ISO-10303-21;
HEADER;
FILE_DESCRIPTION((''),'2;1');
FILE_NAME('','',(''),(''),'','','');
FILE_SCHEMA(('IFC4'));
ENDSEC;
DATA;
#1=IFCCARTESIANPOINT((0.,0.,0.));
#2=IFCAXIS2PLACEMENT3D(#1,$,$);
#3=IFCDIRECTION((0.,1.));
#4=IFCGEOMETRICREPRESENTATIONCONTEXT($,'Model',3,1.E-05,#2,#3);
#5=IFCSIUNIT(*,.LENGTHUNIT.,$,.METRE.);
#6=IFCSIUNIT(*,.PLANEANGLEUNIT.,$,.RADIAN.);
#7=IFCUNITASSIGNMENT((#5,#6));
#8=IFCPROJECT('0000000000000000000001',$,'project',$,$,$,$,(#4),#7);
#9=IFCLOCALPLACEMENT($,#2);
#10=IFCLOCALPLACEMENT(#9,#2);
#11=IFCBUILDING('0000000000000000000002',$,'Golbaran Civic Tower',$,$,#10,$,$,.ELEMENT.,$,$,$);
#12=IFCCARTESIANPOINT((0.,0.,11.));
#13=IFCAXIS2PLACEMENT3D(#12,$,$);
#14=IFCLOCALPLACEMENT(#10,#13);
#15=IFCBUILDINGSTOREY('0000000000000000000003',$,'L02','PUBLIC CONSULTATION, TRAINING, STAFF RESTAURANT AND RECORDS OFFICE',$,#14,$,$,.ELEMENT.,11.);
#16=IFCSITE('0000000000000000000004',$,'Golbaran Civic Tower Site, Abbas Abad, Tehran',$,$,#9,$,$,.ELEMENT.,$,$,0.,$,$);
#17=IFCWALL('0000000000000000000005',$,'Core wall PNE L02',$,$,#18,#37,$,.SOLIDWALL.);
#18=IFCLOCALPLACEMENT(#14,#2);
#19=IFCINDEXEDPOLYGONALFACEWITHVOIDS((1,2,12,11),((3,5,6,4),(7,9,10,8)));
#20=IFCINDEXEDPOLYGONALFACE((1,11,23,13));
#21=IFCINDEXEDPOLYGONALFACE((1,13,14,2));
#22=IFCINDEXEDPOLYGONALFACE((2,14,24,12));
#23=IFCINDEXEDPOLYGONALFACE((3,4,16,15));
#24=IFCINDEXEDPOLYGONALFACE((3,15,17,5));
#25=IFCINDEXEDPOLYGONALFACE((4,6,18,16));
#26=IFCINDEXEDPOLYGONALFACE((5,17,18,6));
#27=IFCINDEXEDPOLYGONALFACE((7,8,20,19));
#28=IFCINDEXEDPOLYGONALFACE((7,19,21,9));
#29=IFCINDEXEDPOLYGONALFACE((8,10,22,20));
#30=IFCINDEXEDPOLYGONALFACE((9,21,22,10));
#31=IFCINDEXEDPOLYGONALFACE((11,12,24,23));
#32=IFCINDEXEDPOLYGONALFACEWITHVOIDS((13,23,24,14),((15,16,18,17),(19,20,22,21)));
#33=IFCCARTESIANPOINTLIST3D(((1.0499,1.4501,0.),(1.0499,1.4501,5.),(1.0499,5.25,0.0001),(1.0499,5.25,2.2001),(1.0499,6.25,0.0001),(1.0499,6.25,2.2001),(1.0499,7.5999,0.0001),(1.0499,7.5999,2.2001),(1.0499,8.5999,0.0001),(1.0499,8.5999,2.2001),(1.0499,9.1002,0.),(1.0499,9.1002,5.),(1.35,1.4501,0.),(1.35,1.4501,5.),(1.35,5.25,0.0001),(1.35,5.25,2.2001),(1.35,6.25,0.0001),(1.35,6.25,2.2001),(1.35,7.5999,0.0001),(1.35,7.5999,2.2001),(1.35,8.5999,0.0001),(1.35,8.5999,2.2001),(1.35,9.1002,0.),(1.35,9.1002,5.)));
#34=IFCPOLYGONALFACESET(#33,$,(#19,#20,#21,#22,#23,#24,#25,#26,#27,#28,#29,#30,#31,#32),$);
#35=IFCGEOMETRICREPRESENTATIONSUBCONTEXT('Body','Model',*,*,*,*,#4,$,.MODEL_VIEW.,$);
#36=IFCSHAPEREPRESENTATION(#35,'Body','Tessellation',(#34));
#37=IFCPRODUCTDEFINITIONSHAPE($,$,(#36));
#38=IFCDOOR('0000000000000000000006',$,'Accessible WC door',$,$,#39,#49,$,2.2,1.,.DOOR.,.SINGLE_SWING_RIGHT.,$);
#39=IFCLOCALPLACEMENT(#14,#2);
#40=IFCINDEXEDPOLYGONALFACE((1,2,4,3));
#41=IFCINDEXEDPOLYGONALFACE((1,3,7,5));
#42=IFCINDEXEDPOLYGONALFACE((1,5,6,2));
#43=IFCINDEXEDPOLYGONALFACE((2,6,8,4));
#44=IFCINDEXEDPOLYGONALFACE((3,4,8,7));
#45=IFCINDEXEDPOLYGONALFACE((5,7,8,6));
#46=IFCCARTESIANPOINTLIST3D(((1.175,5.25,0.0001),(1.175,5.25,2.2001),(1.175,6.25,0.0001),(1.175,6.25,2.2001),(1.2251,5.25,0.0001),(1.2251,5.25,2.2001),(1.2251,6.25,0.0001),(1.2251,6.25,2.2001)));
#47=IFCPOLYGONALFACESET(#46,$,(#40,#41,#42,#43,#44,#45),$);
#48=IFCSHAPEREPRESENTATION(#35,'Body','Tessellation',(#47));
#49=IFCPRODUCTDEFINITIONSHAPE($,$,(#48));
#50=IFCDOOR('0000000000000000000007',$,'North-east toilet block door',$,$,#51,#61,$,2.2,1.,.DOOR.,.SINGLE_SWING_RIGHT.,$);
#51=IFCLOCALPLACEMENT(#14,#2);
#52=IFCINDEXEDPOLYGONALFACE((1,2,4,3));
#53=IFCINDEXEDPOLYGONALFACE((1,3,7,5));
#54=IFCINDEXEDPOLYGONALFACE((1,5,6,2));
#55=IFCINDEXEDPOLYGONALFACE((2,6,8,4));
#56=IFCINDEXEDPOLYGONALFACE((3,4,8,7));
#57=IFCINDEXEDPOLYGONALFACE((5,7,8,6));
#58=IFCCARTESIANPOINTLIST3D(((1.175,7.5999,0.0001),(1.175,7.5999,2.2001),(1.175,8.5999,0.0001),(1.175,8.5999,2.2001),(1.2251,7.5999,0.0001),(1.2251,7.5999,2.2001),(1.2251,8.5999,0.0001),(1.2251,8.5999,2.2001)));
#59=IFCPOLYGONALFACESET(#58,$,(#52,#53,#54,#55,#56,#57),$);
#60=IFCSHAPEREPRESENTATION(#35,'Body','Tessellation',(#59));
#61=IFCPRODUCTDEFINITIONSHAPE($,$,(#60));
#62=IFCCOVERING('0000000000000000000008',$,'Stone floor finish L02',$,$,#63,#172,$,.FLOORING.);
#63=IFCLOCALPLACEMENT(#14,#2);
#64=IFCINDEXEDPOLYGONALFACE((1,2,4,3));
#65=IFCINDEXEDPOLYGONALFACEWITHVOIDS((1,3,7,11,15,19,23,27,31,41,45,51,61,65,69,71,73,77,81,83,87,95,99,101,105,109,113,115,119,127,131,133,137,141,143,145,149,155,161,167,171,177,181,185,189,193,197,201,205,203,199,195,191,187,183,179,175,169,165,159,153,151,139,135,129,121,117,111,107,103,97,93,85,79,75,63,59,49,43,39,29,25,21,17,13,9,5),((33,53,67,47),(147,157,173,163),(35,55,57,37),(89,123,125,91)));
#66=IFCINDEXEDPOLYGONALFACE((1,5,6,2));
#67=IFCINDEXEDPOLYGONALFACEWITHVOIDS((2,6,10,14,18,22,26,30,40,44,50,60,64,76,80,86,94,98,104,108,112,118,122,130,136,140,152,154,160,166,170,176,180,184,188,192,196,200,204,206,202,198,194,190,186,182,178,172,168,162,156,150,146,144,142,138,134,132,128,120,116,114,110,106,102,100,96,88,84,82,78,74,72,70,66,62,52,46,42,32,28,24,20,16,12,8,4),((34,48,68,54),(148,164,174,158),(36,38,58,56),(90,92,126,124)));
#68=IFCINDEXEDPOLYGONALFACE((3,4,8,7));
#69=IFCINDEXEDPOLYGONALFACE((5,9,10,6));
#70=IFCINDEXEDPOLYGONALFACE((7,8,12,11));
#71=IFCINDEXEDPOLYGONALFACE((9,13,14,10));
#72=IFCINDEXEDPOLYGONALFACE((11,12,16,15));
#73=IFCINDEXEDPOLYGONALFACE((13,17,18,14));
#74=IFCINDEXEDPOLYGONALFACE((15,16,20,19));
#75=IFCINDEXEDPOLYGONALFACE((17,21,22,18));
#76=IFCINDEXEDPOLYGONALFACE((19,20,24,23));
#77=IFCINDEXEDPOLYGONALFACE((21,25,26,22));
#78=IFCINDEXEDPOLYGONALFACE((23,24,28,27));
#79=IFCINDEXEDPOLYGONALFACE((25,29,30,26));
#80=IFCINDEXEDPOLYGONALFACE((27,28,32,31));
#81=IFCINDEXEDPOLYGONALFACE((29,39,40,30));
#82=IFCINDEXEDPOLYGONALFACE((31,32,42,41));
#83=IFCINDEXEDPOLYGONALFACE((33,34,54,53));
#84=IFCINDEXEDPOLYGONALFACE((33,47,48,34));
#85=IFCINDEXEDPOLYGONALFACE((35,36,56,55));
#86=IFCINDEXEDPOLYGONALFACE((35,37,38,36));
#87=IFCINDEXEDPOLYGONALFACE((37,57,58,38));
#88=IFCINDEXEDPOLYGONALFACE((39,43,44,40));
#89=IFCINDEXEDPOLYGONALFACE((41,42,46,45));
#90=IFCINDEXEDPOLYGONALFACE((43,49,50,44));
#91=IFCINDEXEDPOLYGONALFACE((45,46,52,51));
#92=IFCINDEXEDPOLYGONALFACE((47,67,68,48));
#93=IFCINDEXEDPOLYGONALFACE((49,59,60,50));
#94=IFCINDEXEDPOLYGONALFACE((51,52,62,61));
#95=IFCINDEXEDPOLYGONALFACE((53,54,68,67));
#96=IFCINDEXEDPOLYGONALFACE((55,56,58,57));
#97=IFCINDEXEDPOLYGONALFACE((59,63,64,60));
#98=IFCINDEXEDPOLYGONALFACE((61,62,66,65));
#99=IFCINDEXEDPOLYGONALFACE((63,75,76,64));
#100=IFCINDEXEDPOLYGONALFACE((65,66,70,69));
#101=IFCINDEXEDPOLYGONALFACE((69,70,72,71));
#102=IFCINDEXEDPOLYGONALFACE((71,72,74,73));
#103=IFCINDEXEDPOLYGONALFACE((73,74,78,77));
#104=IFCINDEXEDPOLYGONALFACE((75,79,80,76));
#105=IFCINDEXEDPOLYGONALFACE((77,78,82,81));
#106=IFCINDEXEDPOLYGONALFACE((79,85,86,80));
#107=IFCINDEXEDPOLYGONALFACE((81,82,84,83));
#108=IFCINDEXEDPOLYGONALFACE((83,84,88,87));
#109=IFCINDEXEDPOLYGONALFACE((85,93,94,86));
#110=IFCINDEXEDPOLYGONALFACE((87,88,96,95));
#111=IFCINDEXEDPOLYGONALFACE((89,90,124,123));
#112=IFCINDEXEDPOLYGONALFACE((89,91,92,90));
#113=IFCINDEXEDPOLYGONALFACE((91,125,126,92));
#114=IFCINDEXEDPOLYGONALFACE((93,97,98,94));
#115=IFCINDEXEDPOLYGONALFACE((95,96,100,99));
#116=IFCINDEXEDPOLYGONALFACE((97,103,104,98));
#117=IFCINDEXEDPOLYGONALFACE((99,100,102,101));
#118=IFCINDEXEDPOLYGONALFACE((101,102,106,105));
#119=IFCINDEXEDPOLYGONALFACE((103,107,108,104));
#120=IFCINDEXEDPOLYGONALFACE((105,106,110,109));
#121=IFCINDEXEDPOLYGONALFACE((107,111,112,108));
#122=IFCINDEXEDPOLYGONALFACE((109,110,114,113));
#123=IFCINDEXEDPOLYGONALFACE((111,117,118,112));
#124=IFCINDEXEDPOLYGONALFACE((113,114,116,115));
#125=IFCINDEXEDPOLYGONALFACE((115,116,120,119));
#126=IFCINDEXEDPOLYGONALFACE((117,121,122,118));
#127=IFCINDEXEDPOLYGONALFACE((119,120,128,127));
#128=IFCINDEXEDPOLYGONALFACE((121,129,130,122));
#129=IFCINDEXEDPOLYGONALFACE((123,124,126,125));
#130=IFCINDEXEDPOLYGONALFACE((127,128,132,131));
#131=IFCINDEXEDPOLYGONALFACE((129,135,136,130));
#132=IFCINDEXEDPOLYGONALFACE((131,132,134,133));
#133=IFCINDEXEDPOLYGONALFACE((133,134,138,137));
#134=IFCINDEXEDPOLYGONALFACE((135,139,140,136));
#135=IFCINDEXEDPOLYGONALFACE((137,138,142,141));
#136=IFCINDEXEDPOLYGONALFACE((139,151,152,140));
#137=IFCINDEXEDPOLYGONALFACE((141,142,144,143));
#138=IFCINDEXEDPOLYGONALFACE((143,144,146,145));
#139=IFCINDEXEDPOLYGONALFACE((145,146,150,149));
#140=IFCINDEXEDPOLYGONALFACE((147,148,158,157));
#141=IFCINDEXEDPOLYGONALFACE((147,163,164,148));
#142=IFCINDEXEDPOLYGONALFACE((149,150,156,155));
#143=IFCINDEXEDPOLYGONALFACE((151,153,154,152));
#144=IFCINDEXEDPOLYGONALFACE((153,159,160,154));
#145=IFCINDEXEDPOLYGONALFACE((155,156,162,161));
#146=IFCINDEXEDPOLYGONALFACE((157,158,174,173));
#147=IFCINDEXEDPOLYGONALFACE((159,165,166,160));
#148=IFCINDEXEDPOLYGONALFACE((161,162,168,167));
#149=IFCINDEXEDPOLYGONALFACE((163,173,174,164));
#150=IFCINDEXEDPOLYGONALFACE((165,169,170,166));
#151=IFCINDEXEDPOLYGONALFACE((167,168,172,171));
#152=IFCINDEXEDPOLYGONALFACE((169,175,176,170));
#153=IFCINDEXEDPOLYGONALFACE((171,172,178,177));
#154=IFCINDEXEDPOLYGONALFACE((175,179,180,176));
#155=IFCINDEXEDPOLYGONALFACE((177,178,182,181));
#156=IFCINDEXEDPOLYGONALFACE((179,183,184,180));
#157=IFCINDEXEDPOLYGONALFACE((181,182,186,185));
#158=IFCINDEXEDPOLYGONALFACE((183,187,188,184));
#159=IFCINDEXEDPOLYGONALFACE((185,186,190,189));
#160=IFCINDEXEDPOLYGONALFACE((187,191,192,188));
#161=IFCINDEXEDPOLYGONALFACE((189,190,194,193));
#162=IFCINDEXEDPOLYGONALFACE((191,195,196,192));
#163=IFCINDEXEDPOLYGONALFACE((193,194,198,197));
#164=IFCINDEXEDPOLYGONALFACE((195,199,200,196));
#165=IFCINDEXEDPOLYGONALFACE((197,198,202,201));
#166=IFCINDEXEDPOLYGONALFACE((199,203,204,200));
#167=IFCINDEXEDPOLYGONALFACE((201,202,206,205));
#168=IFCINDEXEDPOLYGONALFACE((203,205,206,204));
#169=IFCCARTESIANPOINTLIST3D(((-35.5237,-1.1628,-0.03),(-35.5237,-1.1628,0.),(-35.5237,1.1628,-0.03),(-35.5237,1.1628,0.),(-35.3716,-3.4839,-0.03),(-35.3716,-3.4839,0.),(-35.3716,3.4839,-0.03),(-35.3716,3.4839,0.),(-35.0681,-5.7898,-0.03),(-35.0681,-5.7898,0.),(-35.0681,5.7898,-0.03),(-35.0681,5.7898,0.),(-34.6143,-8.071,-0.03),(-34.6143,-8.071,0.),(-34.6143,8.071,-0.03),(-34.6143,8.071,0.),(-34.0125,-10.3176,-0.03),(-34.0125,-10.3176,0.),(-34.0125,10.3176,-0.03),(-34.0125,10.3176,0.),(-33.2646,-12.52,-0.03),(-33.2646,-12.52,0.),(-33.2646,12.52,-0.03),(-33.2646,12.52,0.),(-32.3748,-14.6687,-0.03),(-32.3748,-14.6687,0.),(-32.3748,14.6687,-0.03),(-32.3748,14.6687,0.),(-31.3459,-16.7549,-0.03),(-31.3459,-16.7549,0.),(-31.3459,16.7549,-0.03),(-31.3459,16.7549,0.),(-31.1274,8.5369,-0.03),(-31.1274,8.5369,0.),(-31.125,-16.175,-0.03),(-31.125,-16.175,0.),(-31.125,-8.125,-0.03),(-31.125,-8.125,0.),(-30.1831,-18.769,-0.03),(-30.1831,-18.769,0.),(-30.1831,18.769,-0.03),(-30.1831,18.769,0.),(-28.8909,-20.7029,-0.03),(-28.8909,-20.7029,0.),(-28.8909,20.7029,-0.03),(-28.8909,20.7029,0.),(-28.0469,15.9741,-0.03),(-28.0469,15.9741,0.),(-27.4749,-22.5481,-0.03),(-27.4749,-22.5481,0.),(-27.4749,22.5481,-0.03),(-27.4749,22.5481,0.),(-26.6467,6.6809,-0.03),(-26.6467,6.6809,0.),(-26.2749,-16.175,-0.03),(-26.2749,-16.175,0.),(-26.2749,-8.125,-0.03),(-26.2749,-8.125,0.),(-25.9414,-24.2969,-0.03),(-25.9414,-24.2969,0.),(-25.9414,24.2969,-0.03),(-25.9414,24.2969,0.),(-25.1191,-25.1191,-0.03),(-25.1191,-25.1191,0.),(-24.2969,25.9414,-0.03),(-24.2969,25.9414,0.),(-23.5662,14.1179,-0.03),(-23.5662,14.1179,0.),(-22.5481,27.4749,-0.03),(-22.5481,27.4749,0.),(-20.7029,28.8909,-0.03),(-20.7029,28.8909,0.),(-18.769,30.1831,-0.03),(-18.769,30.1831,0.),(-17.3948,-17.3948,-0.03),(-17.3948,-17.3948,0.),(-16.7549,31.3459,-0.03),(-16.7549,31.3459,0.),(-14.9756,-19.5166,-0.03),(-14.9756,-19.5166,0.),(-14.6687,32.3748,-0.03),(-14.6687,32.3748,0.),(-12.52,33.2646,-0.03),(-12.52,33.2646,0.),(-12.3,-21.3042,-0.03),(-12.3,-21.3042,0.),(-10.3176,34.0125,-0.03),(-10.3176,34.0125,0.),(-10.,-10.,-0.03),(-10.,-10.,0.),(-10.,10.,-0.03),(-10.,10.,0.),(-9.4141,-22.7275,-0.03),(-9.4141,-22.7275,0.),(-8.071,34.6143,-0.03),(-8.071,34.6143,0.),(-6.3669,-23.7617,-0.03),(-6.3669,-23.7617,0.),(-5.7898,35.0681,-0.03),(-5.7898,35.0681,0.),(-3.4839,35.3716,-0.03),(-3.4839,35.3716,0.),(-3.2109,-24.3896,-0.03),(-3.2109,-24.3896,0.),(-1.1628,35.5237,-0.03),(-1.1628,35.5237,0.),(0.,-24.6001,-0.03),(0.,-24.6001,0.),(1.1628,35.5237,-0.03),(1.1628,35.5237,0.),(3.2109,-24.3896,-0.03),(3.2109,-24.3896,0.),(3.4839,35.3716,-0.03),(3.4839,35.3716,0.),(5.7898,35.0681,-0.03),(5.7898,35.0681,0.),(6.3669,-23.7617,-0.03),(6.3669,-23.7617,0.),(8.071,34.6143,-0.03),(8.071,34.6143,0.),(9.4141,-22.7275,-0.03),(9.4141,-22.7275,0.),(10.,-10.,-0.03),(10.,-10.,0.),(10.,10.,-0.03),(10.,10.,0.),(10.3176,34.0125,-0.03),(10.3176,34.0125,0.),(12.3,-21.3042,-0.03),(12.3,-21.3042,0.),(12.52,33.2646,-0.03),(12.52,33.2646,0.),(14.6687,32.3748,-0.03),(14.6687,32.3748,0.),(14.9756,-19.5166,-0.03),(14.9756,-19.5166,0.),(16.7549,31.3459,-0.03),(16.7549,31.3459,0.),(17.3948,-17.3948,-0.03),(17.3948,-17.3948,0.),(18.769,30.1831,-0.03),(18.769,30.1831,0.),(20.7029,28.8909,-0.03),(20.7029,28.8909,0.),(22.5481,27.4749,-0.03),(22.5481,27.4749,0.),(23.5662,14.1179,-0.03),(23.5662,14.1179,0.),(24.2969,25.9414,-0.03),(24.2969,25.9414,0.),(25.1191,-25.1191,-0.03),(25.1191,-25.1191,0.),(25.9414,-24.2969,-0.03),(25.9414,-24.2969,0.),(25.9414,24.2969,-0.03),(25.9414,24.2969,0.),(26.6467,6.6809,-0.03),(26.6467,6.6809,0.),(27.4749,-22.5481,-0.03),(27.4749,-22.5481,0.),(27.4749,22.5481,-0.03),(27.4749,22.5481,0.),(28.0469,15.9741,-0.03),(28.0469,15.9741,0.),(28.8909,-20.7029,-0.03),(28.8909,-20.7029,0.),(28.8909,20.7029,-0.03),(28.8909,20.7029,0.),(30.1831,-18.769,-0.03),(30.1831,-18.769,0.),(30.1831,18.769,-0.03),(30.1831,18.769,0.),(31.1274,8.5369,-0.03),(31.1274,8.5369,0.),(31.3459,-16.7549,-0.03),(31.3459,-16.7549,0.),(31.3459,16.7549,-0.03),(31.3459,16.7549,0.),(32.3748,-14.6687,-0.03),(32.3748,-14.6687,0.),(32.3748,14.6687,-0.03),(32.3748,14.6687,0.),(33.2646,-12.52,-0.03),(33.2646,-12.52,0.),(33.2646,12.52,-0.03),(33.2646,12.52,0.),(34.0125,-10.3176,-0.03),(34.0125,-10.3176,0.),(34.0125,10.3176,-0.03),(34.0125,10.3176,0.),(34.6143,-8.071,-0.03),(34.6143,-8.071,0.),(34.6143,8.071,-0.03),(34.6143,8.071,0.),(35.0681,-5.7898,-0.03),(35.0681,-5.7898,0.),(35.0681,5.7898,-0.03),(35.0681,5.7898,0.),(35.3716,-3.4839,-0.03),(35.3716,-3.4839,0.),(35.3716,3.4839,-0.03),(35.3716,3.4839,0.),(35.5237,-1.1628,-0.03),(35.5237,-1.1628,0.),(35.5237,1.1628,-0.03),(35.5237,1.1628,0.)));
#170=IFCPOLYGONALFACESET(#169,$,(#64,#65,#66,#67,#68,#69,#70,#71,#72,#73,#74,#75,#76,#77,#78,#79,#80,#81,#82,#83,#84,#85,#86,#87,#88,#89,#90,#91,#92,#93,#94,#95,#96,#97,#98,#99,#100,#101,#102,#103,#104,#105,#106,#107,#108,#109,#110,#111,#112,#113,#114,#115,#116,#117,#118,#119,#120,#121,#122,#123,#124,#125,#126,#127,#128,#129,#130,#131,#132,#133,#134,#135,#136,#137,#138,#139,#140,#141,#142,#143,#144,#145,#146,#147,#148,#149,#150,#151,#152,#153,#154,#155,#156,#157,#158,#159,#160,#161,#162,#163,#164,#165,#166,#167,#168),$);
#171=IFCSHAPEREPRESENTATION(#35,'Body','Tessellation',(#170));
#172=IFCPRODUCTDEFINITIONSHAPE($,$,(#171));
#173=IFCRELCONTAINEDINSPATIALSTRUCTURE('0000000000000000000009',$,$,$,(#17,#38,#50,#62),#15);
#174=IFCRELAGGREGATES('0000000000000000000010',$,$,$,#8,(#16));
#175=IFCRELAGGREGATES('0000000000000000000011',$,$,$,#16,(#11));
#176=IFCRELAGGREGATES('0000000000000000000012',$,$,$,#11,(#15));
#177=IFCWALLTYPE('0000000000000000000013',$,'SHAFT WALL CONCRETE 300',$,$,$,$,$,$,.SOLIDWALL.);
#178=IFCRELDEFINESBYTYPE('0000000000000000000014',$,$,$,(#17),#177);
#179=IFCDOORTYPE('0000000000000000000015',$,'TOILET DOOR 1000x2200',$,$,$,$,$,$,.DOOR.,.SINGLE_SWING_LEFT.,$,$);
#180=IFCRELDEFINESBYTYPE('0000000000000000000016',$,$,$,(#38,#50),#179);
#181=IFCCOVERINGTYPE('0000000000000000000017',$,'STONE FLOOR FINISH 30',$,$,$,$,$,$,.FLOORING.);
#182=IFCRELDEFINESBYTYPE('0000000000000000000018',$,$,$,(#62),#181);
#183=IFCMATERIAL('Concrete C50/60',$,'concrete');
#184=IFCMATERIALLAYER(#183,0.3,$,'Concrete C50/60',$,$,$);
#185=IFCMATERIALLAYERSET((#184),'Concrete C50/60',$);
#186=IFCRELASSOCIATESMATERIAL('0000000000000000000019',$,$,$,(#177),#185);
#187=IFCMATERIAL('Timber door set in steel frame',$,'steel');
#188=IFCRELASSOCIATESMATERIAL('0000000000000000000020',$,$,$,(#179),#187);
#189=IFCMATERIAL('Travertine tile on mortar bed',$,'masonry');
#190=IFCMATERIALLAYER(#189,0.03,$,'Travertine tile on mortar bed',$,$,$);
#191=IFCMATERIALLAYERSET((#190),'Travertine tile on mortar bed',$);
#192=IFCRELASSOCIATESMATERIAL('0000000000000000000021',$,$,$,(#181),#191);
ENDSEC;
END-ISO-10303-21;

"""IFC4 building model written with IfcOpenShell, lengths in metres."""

from ifc_helpers import new_model, si_unit, direction, frame, frame_2d, origin, place, context, subcontext, project, spatial, polyline, rectangle, outline, extrude, material, layer, layer_set, type_object, element, fill, save


model = new_model("IFC4")

# Units and contexts
model_context = context("Model", 3, precision=1e-05, world=origin(), true_north=direction((0.0, 1.0)))
body_context = subcontext(model_context, "Body", "Model", "MODEL_VIEW")
ifc_project = project(units=[si_unit("LENGTHUNIT", "METRE"), si_unit("PLANEANGLEUNIT", "RADIAN")], contexts=[model_context])

# Site, building, storey
site_placement = place(None, origin())
site = spatial("IfcSite", under=ifc_project, at=site_placement, Name="Golbaran Civic Tower Site, Abbas Abad, Tehran", CompositionType="ELEMENT", RefElevation=0.0)
building_placement = place(site_placement, origin())
building = spatial("IfcBuilding", under=site, at=building_placement, Name="Golbaran Civic Tower", CompositionType="ELEMENT")
storey_placement = place(building_placement, frame((0.0, 0.0, 11.0)))
storey = spatial("IfcBuildingStorey", under=building, at=storey_placement, Name="L02", Description="PUBLIC CONSULTATION, TRAINING, STAFF RESTAURANT AND RECORDS OFFICE", CompositionType="ELEMENT", Elevation=11.0)

# Wall, openings, doors
ifc_material_1 = material(Name="Concrete C50/60", Category="concrete")
ifc_layer_1 = layer(ifc_material_1, 0.3, Name="Concrete C50/60")
ifc_layer_set_1 = layer_set([ifc_layer_1], Name="Concrete C50/60")
wall_type = type_object("IfcWallType", Name="SHAFT WALL CONCRETE 300", PredefinedType="SOLIDWALL", material=ifc_layer_set_1)
wall_placement = place(storey_placement, frame((1.2, 1.45, 0.0), z_axis=(0.0, 0.0, 1.0), x_axis=(0.0, 1.0, 0.0)))
wall = element("IfcWall", 1, at=wall_placement, inside=storey, type_object=wall_type, Name="Core wall PNE L02", PredefinedType="SOLIDWALL", context=body_context, shape_type="SweptSolid", body=[
    extrude(rectangle(XDim=7.6501, YDim=0.3, at=frame_2d((3.8252, 0.0))), origin(), (0.0, 0.0, 1.0), 5.0),
])
opening_1_placement = place(wall_placement, frame((3.8, 0.0, 0.0)))
opening_1 = element("IfcOpeningElement", 2, at=opening_1_placement, cuts=wall, PredefinedType="OPENING", context=body_context, shape_type="SweptSolid", body=[
    extrude(rectangle(XDim=1.0, YDim=2.2, at=frame_2d((0.5, 1.1001))), frame((0.0, 0.1599, 0.0), z_axis=(0.0, -1.0, 0.0), x_axis=(1.0, 0.0, 0.0)), (0.0, 0.0, 1.0), 0.3201),
])
opening_2_placement = place(wall_placement, frame((6.1499, 0.0, 0.0)))
opening_2 = element("IfcOpeningElement", 3, at=opening_2_placement, cuts=wall, PredefinedType="OPENING", context=body_context, shape_type="SweptSolid", body=[
    extrude(rectangle(XDim=1.0, YDim=2.2, at=frame_2d((0.5, 1.1001))), frame((0.0, 0.1599, 0.0), z_axis=(0.0, -1.0, 0.0), x_axis=(1.0, 0.0, 0.0)), (0.0, 0.0, 1.0), 0.3201),
])
ifc_material_2 = material(Name="Timber door set in steel frame", Category="steel")
door_type = type_object("IfcDoorType", Name="TOILET DOOR 1000x2200", OperationType="SINGLE_SWING_LEFT", PredefinedType="DOOR", material=ifc_material_2)
door_1_placement = place(opening_1_placement, origin())
door_1 = element("IfcDoor", 4, at=door_1_placement, inside=storey, type_object=door_type, Name="Accessible WC door", OperationType="SINGLE_SWING_RIGHT", OverallHeight=2.2, OverallWidth=1.0, PredefinedType="DOOR", context=body_context, shape_type="SweptSolid", body=[
    extrude(rectangle(XDim=1.0, YDim=2.2, at=frame_2d((0.5, 1.1001))), frame((0.0, 0.0249, 0.0), z_axis=(0.0, -1.0, 0.0), x_axis=(1.0, 0.0, 0.0)), (0.0, 0.0, 1.0), 0.05),
])
fill(opening_1, door_1)
door_2_placement = place(opening_2_placement, origin())
door_2 = element("IfcDoor", 5, at=door_2_placement, inside=storey, type_object=door_type, Name="North-east toilet block door", OperationType="SINGLE_SWING_RIGHT", OverallHeight=2.2, OverallWidth=1.0, PredefinedType="DOOR", context=body_context, shape_type="SweptSolid", body=[
    extrude(rectangle(XDim=1.0, YDim=2.2, at=frame_2d((0.5, 1.1001))), frame((0.0, 0.0249, 0.0), z_axis=(0.0, -1.0, 0.0), x_axis=(1.0, 0.0, 0.0)), (0.0, 0.0, 1.0), 0.05),
])
fill(opening_2, door_2)

# Covering
ifc_material_3 = material(Name="Travertine tile on mortar bed", Category="masonry")
ifc_layer_2 = layer(ifc_material_3, 0.03, Name="Travertine tile on mortar bed")
ifc_layer_set_2 = layer_set([ifc_layer_2], Name="Travertine tile on mortar bed")
covering_type = type_object("IfcCoveringType", Name="STONE FLOOR FINISH 30", PredefinedType="FLOORING", material=ifc_layer_set_2)
covering_placement = place(storey_placement, frame((0.0, 0.0, -0.03)))
element("IfcCovering", 6, at=covering_placement, inside=storey, type_object=covering_type, Name="Stone floor finish L02", PredefinedType="FLOORING", context=body_context, shape_type="SweptSolid", body=[
    extrude(outline(polyline([(-3.2109, -24.3896), (-6.3669, -23.7617), (-9.4141, -22.7275), (-12.3, -21.3042), (-14.9756, -19.5166), (-17.3948, -17.3948), (-25.1191, -25.1191), (-25.9414, -24.2969), (-27.4749, -22.5481), (-28.8909, -20.7029), (-30.1831, -18.769), (-31.3459, -16.7549), (-32.3748, -14.6687), (-33.2646, -12.52), (-34.0125, -10.3176), (-34.6143, -8.071), (-35.0681, -5.7898), (-35.3716, -3.4839), (-35.5237, -1.1628), (-35.5237, 1.1628), (-35.3716, 3.4839), (-35.0681, 5.7898), (-34.6143, 8.071), (-34.0125, 10.3176), (-33.2646, 12.52), (-32.3748, 14.6687), (-31.3459, 16.7549), (-30.1831, 18.769), (-28.8909, 20.7029), (-27.4749, 22.5481), (-25.9414, 24.2969), (-24.2969, 25.9414), (-22.5481, 27.4749), (-20.7029, 28.8909), (-18.769, 30.1831), (-16.7549, 31.3459), (-14.6687, 32.3748), (-12.52, 33.2646), (-10.3176, 34.0125), (-8.071, 34.6143), (-5.7898, 35.0681), (-3.4839, 35.3716), (-1.1628, 35.5237), (1.1628, 35.5237), (3.4839, 35.3716), (5.7898, 35.0681), (8.071, 34.6143), (10.3176, 34.0125), (12.52, 33.2646), (14.6687, 32.3748), (16.7549, 31.3459), (18.769, 30.1831), (20.7029, 28.8909), (22.5481, 27.4749), (24.2969, 25.9414), (25.9414, 24.2969), (27.4749, 22.5481), (28.8909, 20.7029), (30.1831, 18.769), (31.3459, 16.7549), (32.3748, 14.6687), (33.2646, 12.52), (34.0125, 10.3176), (34.6143, 8.071), (35.0681, 5.7898), (35.3716, 3.4839), (35.5237, 1.1628), (35.5237, -1.1628), (35.3716, -3.4839), (35.0681, -5.7898), (34.6143, -8.071), (34.0125, -10.3176), (33.2646, -12.52), (32.3748, -14.6687), (31.3459, -16.7549), (30.1831, -18.769), (28.8909, -20.7029), (27.4749, -22.5481), (25.9414, -24.2969), (25.1191, -25.1191), (17.3948, -17.3948), (14.9756, -19.5166), (12.3, -21.3042), (9.4141, -22.7275), (6.3669, -23.7617), (3.2109, -24.3896), (0.0, -24.6001), (-3.2109, -24.3896)]), holes=[polyline([(23.5662, 14.1179), (26.6467, 6.6809), (31.1274, 8.5369), (28.0469, 15.9741), (23.5662, 14.1179)]), polyline([(10.0, -10.0), (10.0, 10.0), (-10.0, 10.0), (-10.0, -10.0), (10.0, -10.0)]), polyline([(-26.6467, 6.6809), (-23.5662, 14.1179), (-28.0469, 15.9741), (-31.1274, 8.5369), (-26.6467, 6.6809)]), polyline([(-26.2749, -8.125), (-31.125, -8.125), (-31.125, -16.175), (-26.2749, -16.175), (-26.2749, -8.125)])]), origin(), (0.0, 0.0, 1.0), 0.03),
])

save(model, "model.ifc")
